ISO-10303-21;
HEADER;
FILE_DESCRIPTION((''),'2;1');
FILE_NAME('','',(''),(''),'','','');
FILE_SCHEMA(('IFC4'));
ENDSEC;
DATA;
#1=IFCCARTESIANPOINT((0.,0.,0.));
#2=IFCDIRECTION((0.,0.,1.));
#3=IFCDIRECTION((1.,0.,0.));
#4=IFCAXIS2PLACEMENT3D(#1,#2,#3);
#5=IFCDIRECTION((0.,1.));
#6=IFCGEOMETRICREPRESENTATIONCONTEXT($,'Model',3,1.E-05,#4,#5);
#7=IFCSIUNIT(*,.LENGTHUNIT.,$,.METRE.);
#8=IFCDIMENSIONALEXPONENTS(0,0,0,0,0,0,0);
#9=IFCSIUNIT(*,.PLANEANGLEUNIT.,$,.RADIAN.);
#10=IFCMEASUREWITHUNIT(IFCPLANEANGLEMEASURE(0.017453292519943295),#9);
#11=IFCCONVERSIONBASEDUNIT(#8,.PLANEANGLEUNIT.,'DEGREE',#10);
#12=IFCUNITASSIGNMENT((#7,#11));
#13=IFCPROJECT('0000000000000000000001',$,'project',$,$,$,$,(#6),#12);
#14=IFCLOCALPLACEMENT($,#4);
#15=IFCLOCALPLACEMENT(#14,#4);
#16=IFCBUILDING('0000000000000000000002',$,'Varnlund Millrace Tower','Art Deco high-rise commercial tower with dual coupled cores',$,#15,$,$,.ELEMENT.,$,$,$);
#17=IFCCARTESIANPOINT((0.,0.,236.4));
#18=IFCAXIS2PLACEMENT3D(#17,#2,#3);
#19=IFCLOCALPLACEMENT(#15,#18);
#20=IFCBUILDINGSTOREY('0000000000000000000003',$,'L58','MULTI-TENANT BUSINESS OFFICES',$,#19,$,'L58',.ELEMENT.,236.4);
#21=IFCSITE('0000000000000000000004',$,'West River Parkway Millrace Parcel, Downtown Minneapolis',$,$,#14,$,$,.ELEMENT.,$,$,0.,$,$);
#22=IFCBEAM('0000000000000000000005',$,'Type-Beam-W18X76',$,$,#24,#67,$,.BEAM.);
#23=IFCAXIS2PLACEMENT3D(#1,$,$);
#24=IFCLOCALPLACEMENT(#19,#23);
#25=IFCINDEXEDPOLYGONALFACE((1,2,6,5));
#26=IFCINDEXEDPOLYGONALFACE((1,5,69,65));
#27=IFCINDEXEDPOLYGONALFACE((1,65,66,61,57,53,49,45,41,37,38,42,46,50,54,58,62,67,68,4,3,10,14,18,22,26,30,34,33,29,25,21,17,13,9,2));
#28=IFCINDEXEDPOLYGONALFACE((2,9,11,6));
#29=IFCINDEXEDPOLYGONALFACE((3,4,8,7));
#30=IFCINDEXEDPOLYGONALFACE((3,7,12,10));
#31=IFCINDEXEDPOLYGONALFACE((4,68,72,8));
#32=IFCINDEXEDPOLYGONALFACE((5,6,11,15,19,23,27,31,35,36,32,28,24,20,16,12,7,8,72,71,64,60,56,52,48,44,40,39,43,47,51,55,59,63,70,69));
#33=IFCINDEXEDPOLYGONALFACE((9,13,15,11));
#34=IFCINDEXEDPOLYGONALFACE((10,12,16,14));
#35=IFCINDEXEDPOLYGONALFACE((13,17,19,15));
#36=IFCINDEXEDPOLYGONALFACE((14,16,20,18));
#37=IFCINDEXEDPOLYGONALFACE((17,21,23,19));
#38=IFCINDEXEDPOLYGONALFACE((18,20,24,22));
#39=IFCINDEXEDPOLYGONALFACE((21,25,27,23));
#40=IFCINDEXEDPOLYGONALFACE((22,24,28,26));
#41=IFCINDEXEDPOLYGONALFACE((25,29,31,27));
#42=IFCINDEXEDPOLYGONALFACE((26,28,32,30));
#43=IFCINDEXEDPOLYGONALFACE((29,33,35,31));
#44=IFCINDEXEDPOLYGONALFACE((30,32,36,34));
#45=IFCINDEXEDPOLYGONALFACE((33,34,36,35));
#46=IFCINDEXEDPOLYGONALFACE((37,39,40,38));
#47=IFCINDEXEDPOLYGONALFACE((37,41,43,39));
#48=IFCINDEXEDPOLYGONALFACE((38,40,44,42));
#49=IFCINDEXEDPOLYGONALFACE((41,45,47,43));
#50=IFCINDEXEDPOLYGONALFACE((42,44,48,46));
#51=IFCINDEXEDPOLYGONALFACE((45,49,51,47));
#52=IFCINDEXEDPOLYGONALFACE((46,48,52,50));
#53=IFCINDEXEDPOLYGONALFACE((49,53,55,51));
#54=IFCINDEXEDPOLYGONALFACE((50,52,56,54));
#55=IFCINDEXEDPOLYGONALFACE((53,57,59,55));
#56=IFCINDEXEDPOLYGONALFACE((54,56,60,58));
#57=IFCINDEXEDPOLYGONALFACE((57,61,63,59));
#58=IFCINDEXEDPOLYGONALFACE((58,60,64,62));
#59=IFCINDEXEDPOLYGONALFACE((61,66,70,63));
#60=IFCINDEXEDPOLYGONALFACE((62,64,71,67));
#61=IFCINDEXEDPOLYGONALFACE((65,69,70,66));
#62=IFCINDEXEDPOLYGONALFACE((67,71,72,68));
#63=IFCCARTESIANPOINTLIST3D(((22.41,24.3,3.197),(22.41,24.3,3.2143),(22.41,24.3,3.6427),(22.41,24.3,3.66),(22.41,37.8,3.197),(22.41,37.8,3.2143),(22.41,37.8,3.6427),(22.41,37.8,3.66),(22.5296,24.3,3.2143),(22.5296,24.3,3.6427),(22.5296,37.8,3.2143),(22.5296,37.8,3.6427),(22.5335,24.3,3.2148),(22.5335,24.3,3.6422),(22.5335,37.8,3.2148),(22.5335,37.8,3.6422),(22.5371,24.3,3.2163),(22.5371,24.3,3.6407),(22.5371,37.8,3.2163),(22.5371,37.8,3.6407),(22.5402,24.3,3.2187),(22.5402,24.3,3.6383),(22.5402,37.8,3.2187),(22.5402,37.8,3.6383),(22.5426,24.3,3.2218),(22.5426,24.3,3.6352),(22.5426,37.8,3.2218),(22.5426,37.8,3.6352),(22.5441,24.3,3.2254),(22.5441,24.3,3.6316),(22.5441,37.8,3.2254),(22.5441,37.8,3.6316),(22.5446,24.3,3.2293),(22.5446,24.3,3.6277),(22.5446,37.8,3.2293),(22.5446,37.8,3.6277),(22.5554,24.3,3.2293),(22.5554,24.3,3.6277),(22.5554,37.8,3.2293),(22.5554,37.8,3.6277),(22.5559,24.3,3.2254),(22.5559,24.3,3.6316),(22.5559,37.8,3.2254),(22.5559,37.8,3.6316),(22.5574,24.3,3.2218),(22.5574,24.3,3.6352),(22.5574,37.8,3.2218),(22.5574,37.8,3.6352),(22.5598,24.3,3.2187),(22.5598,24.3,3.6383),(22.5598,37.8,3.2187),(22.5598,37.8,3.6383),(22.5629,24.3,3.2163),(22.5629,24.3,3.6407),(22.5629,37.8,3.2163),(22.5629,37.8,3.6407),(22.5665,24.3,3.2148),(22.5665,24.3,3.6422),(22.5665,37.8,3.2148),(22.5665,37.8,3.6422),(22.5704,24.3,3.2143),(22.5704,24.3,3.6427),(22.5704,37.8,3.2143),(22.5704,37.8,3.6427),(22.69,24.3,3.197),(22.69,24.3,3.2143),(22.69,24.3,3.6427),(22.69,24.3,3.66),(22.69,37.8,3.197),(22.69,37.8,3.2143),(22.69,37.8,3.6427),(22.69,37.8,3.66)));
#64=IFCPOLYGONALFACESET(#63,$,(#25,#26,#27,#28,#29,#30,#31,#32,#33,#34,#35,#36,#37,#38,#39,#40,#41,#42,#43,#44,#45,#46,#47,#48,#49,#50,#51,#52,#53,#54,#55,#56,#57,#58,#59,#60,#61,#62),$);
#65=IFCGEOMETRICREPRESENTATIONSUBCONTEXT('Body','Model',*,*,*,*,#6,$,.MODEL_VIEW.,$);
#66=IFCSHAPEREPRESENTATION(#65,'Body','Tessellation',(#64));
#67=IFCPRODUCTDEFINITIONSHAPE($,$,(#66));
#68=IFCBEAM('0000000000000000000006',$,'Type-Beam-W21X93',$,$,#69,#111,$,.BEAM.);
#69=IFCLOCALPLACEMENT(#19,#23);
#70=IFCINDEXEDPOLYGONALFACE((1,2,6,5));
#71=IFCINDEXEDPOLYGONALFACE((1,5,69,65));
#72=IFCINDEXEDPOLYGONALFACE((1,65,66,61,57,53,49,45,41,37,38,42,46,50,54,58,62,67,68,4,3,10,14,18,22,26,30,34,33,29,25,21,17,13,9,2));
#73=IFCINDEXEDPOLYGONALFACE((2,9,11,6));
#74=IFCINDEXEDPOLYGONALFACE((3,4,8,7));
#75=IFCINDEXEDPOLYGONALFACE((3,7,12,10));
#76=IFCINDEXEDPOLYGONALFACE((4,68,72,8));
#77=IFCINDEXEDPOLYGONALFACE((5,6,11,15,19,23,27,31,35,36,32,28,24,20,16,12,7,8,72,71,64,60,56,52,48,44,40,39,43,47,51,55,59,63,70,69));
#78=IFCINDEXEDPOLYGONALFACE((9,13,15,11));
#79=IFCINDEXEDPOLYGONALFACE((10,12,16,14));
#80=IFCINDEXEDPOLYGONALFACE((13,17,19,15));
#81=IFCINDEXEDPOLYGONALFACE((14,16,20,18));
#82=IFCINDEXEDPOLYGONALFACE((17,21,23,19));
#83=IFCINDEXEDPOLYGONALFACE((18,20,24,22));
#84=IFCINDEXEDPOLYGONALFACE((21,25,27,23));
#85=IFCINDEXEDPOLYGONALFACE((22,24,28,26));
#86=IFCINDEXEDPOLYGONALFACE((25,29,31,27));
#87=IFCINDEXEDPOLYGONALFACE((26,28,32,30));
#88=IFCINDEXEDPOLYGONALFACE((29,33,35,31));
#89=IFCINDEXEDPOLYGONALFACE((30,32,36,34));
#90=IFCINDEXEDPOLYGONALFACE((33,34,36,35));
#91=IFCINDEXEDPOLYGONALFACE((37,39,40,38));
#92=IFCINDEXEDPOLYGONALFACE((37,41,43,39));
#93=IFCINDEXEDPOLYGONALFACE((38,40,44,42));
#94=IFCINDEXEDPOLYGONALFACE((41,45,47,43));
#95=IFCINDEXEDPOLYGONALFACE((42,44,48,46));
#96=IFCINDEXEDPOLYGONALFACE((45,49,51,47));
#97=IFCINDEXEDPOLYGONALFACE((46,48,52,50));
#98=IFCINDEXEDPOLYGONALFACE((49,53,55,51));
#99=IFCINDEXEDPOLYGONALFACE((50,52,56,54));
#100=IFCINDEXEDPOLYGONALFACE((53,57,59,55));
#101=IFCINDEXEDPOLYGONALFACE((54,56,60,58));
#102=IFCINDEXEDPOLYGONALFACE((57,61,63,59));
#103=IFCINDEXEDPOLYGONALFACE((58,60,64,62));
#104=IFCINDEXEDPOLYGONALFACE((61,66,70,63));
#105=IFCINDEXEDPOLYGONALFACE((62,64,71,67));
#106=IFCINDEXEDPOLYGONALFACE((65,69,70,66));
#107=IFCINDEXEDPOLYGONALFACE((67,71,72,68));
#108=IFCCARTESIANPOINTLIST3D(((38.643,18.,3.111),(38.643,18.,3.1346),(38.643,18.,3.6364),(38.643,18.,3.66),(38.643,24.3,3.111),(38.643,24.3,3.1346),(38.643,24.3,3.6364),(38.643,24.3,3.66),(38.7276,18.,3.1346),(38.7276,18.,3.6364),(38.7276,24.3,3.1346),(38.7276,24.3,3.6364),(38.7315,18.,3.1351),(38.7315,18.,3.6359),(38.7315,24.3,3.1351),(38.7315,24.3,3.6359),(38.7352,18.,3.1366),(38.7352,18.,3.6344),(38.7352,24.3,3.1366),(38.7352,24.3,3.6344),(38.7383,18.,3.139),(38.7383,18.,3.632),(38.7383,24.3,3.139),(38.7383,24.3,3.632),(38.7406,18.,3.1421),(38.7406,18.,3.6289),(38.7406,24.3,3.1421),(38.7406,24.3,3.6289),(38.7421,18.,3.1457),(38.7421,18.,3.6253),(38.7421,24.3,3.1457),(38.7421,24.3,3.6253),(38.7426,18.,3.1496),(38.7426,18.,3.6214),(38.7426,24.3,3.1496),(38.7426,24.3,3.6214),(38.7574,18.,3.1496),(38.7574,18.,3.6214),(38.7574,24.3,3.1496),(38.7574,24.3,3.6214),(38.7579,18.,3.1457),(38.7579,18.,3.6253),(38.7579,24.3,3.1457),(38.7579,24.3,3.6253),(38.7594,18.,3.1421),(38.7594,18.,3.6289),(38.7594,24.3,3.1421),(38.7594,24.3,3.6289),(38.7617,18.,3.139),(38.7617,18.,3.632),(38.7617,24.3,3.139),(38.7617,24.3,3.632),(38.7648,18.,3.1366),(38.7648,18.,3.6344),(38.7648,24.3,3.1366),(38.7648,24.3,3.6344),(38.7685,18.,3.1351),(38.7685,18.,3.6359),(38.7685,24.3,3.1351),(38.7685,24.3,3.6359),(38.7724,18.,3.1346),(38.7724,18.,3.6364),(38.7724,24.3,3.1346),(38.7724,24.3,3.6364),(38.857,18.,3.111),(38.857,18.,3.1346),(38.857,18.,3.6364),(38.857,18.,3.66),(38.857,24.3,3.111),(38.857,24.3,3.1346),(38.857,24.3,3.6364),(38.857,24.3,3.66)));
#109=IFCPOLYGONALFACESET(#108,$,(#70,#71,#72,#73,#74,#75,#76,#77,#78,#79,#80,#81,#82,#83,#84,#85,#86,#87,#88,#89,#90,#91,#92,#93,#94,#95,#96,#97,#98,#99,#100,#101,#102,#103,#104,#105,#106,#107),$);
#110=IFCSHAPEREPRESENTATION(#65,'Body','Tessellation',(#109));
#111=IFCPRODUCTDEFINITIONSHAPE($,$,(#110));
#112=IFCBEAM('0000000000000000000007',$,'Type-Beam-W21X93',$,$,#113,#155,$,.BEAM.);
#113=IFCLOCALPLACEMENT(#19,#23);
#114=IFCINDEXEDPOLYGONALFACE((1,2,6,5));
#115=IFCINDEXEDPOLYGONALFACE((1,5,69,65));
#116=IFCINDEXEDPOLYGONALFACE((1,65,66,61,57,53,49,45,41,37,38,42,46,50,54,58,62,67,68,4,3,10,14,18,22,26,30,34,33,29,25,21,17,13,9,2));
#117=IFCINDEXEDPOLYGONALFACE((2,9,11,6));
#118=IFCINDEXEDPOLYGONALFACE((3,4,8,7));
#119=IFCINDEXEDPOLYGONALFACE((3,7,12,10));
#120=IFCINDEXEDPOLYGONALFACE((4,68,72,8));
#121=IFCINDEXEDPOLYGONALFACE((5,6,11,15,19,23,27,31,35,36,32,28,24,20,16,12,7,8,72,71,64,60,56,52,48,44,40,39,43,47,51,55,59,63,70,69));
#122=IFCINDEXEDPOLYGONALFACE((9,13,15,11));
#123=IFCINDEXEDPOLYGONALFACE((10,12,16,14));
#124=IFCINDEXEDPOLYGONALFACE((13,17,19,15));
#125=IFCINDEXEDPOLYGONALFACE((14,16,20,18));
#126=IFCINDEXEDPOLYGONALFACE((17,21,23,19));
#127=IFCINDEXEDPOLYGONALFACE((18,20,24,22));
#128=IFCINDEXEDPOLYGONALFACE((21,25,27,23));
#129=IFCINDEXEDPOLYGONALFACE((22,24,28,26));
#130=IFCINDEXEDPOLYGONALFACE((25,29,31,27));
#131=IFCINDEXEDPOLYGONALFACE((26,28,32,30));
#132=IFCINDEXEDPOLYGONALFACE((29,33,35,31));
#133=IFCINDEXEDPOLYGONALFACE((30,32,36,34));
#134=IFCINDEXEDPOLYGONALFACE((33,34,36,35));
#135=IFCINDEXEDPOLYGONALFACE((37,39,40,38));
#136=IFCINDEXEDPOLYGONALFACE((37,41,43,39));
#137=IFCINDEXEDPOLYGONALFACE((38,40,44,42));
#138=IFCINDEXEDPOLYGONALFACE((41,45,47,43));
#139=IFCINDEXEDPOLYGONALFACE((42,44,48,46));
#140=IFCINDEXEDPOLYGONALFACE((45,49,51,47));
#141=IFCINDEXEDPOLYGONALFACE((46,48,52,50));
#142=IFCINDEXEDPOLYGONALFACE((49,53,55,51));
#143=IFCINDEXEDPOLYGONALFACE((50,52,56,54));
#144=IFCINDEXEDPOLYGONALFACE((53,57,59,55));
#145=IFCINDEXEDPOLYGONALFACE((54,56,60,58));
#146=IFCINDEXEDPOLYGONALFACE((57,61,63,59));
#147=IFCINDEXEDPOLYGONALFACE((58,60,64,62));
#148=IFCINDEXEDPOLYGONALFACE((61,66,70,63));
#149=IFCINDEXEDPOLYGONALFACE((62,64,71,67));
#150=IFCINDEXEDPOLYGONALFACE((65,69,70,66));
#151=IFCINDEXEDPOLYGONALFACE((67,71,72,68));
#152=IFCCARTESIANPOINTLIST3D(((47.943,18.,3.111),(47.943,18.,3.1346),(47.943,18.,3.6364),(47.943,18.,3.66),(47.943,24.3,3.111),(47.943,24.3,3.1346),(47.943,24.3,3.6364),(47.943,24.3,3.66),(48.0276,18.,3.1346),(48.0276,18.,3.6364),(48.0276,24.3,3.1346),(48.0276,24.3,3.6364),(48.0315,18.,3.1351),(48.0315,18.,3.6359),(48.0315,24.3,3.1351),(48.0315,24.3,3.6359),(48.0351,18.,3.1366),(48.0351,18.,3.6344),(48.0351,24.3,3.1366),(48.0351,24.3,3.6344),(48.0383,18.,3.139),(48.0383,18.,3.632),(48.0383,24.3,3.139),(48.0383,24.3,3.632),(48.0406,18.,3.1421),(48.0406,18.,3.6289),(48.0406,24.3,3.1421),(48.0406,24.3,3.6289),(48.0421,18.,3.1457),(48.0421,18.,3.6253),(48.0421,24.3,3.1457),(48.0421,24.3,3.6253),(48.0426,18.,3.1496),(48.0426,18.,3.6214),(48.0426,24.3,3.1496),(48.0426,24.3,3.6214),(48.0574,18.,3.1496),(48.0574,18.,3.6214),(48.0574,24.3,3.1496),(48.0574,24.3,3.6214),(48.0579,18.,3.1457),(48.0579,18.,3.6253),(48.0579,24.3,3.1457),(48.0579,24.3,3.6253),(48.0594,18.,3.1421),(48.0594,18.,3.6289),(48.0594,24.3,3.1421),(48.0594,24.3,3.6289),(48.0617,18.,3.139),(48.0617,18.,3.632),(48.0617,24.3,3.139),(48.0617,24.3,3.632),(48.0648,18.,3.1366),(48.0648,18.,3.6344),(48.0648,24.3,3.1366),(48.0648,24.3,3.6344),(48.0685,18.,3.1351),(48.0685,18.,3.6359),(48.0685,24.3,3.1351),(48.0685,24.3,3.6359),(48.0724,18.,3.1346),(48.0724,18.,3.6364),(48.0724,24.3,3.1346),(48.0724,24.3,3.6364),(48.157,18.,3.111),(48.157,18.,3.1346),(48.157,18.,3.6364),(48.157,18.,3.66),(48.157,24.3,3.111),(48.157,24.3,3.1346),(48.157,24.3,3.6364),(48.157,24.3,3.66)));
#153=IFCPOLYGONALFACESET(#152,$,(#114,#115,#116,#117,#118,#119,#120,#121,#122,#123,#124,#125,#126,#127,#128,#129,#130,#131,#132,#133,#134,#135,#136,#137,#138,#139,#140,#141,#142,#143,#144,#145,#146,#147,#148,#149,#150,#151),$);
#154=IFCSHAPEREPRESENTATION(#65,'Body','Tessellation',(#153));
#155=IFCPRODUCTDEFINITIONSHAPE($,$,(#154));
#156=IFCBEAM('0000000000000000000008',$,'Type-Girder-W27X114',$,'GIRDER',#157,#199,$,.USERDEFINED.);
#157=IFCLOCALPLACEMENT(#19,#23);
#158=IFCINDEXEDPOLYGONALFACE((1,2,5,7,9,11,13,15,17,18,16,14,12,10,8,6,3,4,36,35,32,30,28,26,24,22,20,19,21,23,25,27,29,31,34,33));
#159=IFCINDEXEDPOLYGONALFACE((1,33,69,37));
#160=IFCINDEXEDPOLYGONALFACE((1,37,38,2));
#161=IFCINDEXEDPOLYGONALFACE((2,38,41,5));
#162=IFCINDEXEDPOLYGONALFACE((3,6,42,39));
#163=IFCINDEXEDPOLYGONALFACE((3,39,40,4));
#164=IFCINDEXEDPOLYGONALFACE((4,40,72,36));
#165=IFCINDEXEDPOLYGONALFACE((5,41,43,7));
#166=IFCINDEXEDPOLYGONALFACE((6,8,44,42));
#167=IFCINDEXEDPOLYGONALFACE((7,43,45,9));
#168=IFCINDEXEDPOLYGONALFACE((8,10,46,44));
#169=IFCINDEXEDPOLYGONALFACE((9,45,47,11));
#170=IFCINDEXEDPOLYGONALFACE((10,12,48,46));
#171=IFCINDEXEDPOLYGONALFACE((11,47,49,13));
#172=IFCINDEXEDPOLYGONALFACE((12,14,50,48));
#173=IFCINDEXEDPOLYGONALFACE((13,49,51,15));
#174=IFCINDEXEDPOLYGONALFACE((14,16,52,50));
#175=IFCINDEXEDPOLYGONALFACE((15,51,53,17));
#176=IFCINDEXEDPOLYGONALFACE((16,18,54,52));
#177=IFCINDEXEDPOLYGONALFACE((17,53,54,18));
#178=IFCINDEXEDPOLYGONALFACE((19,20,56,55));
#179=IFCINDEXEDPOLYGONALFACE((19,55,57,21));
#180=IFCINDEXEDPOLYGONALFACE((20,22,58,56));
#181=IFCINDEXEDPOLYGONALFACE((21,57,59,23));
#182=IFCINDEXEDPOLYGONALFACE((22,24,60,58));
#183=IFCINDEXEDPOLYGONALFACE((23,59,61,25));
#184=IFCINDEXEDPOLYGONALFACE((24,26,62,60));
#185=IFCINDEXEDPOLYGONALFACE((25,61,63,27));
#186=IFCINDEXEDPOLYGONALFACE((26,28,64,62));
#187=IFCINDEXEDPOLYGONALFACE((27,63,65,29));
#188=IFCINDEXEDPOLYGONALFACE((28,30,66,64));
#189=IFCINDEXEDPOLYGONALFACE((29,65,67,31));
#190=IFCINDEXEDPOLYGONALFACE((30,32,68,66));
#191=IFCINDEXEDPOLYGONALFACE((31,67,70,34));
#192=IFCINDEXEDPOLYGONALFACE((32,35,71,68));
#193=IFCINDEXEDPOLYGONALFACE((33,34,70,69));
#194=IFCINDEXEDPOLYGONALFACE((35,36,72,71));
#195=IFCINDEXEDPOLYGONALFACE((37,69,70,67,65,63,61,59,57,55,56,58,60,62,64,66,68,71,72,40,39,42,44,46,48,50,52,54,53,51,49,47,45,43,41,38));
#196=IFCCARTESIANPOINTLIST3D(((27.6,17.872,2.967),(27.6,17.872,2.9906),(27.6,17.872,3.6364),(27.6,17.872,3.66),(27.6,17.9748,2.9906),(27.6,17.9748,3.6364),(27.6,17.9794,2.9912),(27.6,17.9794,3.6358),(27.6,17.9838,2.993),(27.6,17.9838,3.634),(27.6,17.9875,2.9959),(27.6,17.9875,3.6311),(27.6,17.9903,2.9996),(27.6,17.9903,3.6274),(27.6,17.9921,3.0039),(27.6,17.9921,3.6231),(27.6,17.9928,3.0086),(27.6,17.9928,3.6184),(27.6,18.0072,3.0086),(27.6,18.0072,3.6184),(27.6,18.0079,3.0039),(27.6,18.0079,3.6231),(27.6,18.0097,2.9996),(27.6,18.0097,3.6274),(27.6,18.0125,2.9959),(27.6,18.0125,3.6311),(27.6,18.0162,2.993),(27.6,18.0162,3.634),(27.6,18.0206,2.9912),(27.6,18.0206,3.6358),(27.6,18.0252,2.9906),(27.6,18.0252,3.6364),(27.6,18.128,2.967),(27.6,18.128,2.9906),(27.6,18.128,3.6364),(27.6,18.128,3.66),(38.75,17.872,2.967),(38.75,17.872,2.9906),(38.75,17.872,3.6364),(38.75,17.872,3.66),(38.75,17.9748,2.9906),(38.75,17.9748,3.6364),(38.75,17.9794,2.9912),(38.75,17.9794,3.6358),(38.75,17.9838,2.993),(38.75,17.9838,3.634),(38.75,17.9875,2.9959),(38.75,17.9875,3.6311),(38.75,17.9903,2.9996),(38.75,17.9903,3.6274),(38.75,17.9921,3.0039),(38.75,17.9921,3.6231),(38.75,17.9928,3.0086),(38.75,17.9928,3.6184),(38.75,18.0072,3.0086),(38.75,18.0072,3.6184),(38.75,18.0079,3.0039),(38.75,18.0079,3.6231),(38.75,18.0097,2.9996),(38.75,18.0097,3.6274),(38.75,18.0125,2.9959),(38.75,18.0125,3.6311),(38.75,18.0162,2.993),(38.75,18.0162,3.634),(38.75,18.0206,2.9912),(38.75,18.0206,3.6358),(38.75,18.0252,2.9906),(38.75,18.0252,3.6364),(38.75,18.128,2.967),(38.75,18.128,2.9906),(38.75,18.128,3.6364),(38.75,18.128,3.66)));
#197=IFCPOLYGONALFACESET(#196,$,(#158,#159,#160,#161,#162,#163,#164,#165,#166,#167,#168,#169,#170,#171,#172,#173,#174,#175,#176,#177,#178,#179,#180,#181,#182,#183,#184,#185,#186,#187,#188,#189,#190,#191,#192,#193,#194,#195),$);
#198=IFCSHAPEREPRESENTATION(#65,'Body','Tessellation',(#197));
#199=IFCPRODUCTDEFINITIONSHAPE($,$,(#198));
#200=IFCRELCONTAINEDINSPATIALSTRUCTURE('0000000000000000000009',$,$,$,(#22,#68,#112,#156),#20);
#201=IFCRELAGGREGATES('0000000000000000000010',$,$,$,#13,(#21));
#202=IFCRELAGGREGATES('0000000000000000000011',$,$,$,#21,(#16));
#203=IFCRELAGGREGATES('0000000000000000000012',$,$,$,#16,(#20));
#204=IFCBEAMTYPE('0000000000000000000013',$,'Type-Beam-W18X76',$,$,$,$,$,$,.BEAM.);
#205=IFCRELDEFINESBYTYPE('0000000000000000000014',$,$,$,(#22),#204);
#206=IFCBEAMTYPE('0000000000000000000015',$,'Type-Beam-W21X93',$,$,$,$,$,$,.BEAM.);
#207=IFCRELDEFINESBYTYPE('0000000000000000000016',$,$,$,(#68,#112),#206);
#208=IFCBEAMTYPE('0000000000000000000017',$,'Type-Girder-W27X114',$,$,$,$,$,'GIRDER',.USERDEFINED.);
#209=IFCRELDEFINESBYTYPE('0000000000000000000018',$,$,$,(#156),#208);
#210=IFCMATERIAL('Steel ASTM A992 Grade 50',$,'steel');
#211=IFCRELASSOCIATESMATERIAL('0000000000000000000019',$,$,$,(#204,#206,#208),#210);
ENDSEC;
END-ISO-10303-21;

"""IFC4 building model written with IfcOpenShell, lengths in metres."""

from ifc_helpers import new_model, entity, si_unit, converted_unit, direction, frame, origin_with_axes, origin_2d_with_axis, place, context, subcontext, project, spatial, i_section, extrude, material, material_profile, profile_set, type_object, element, save


model = new_model("IFC4")

# Units and contexts
model_context = context("Model", 3, precision=1e-05, world=origin_with_axes(), true_north=direction((0.0, 1.0)))
body_context = subcontext(model_context, "Body", "Model", "MODEL_VIEW")
ifc_project = project(units=[si_unit("LENGTHUNIT", "METRE"), converted_unit("PLANEANGLEUNIT", "DEGREE", entity("IfcPlaneAngleMeasure", 0.017453292519943295), si_unit("PLANEANGLEUNIT", "RADIAN"), dimensions=[0, 0, 0, 0, 0, 0, 0])], contexts=[model_context])

# Site, building, storey
site_placement = place(None, origin_with_axes())
site = spatial("IfcSite", under=ifc_project, at=site_placement, Name="West River Parkway Millrace Parcel, Downtown Minneapolis", CompositionType="ELEMENT", RefElevation=0.0)
building_placement = place(site_placement, origin_with_axes())
building = spatial("IfcBuilding", under=site, at=building_placement, Name="Varnlund Millrace Tower", Description="Art Deco high-rise commercial tower with dual coupled cores", CompositionType="ELEMENT")
storey_placement = place(building_placement, frame((0.0, 0.0, 236.4), z_axis=(0.0, 0.0, 1.0), x_axis=(1.0, 0.0, 0.0)))
storey = spatial("IfcBuildingStorey", under=building, at=storey_placement, Name="L58", Description="MULTI-TENANT BUSINESS OFFICES", LongName="L58", CompositionType="ELEMENT", Elevation=236.4)

# Beams
ifc_material_1 = material(Name="Steel ASTM A992 Grade 50", Category="steel")
ifc_material_profile_1 = material_profile(ifc_material_1, i_section(OverallWidth=0.28, OverallDepth=0.463, WebThickness=0.0108, FlangeThickness=0.0173, FilletRadius=0.015, at=origin_2d_with_axis()), Name="Steel ASTM A992 Grade 50")
ifc_profile_set_1 = profile_set([ifc_material_profile_1], Name="Steel ASTM A992 Grade 50")
beam_type_1 = type_object("IfcBeamType", Name="Type-Beam-W18X76", PredefinedType="BEAM", material=ifc_profile_set_1)
beam_1_placement = place(storey_placement, frame((22.55, 24.3, 3.4285), z_axis=(0.0, 1.0, 0.0), x_axis=(-1.0, 0.0, 0.0)))
element("IfcBeam", 1, at=beam_1_placement, inside=storey, type_object=beam_type_1, Name="Type-Beam-W18X76", PredefinedType="BEAM", context=body_context, shape_type="SweptSolid", body=[
    extrude(i_section(OverallWidth=0.28, OverallDepth=0.463, WebThickness=0.0108, FlangeThickness=0.0173, FilletRadius=0.015, at=origin_2d_with_axis()), origin_with_axes(), (0.0, 0.0, 1.0), 13.5),
])
ifc_material_profile_2 = material_profile(ifc_material_1, i_section(OverallWidth=0.214, OverallDepth=0.549, WebThickness=0.0147, FlangeThickness=0.0236, FilletRadius=0.015, at=origin_2d_with_axis()), Name="Steel ASTM A992 Grade 50")
ifc_profile_set_2 = profile_set([ifc_material_profile_2], Name="Steel ASTM A992 Grade 50")
beam_type_2 = type_object("IfcBeamType", Name="Type-Beam-W21X93", PredefinedType="BEAM", material=ifc_profile_set_2)
for number, where, z_axis, x_axis, name in (
    (2, (38.75, 18.0, 3.3855), (0.0, 1.0, 0.0), (-1.0, 0.0, 0.0), "Type-Beam-W21X93"),
    (3, (48.05, 18.0, 3.3855), (0.0, 1.0, 0.0), (-1.0, 0.0, 0.0), "Type-Beam-W21X93"),
):
    element("IfcBeam", number, at=place(storey_placement, frame(where, z_axis=z_axis, x_axis=x_axis)), inside=storey, type_object=beam_type_2, Name=name, PredefinedType="BEAM", context=body_context, shape_type="SweptSolid", body=[
        extrude(i_section(OverallWidth=0.214, OverallDepth=0.549, WebThickness=0.0147, FlangeThickness=0.0236, FilletRadius=0.015, at=origin_2d_with_axis()), origin_with_axes(), (0.0, 0.0, 1.0), 6.3),
    ])
ifc_material_profile_3 = material_profile(ifc_material_1, i_section(OverallWidth=0.256, OverallDepth=0.693, WebThickness=0.0145, FlangeThickness=0.0236, FilletRadius=0.018, at=origin_2d_with_axis()), Name="Steel ASTM A992 Grade 50")
ifc_profile_set_3 = profile_set([ifc_material_profile_3], Name="Steel ASTM A992 Grade 50")
beam_type_3 = type_object("IfcBeamType", Name="Type-Girder-W27X114", ElementType="GIRDER", PredefinedType="USERDEFINED", material=ifc_profile_set_3)
beam_2_placement = place(storey_placement, frame((27.6, 18.0, 3.3135), z_axis=(1.0, 0.0, 0.0), x_axis=(0.0, 1.0, 0.0)))
element("IfcBeam", 4, at=beam_2_placement, inside=storey, type_object=beam_type_3, Name="Type-Girder-W27X114", ObjectType="GIRDER", PredefinedType="USERDEFINED", context=body_context, shape_type="SweptSolid", body=[
    extrude(i_section(OverallWidth=0.256, OverallDepth=0.693, WebThickness=0.0145, FlangeThickness=0.0236, FilletRadius=0.018, at=origin_2d_with_axis()), origin_with_axes(), (0.0, 0.0, 1.0), 11.15),
])

save(model, "model.ifc")
